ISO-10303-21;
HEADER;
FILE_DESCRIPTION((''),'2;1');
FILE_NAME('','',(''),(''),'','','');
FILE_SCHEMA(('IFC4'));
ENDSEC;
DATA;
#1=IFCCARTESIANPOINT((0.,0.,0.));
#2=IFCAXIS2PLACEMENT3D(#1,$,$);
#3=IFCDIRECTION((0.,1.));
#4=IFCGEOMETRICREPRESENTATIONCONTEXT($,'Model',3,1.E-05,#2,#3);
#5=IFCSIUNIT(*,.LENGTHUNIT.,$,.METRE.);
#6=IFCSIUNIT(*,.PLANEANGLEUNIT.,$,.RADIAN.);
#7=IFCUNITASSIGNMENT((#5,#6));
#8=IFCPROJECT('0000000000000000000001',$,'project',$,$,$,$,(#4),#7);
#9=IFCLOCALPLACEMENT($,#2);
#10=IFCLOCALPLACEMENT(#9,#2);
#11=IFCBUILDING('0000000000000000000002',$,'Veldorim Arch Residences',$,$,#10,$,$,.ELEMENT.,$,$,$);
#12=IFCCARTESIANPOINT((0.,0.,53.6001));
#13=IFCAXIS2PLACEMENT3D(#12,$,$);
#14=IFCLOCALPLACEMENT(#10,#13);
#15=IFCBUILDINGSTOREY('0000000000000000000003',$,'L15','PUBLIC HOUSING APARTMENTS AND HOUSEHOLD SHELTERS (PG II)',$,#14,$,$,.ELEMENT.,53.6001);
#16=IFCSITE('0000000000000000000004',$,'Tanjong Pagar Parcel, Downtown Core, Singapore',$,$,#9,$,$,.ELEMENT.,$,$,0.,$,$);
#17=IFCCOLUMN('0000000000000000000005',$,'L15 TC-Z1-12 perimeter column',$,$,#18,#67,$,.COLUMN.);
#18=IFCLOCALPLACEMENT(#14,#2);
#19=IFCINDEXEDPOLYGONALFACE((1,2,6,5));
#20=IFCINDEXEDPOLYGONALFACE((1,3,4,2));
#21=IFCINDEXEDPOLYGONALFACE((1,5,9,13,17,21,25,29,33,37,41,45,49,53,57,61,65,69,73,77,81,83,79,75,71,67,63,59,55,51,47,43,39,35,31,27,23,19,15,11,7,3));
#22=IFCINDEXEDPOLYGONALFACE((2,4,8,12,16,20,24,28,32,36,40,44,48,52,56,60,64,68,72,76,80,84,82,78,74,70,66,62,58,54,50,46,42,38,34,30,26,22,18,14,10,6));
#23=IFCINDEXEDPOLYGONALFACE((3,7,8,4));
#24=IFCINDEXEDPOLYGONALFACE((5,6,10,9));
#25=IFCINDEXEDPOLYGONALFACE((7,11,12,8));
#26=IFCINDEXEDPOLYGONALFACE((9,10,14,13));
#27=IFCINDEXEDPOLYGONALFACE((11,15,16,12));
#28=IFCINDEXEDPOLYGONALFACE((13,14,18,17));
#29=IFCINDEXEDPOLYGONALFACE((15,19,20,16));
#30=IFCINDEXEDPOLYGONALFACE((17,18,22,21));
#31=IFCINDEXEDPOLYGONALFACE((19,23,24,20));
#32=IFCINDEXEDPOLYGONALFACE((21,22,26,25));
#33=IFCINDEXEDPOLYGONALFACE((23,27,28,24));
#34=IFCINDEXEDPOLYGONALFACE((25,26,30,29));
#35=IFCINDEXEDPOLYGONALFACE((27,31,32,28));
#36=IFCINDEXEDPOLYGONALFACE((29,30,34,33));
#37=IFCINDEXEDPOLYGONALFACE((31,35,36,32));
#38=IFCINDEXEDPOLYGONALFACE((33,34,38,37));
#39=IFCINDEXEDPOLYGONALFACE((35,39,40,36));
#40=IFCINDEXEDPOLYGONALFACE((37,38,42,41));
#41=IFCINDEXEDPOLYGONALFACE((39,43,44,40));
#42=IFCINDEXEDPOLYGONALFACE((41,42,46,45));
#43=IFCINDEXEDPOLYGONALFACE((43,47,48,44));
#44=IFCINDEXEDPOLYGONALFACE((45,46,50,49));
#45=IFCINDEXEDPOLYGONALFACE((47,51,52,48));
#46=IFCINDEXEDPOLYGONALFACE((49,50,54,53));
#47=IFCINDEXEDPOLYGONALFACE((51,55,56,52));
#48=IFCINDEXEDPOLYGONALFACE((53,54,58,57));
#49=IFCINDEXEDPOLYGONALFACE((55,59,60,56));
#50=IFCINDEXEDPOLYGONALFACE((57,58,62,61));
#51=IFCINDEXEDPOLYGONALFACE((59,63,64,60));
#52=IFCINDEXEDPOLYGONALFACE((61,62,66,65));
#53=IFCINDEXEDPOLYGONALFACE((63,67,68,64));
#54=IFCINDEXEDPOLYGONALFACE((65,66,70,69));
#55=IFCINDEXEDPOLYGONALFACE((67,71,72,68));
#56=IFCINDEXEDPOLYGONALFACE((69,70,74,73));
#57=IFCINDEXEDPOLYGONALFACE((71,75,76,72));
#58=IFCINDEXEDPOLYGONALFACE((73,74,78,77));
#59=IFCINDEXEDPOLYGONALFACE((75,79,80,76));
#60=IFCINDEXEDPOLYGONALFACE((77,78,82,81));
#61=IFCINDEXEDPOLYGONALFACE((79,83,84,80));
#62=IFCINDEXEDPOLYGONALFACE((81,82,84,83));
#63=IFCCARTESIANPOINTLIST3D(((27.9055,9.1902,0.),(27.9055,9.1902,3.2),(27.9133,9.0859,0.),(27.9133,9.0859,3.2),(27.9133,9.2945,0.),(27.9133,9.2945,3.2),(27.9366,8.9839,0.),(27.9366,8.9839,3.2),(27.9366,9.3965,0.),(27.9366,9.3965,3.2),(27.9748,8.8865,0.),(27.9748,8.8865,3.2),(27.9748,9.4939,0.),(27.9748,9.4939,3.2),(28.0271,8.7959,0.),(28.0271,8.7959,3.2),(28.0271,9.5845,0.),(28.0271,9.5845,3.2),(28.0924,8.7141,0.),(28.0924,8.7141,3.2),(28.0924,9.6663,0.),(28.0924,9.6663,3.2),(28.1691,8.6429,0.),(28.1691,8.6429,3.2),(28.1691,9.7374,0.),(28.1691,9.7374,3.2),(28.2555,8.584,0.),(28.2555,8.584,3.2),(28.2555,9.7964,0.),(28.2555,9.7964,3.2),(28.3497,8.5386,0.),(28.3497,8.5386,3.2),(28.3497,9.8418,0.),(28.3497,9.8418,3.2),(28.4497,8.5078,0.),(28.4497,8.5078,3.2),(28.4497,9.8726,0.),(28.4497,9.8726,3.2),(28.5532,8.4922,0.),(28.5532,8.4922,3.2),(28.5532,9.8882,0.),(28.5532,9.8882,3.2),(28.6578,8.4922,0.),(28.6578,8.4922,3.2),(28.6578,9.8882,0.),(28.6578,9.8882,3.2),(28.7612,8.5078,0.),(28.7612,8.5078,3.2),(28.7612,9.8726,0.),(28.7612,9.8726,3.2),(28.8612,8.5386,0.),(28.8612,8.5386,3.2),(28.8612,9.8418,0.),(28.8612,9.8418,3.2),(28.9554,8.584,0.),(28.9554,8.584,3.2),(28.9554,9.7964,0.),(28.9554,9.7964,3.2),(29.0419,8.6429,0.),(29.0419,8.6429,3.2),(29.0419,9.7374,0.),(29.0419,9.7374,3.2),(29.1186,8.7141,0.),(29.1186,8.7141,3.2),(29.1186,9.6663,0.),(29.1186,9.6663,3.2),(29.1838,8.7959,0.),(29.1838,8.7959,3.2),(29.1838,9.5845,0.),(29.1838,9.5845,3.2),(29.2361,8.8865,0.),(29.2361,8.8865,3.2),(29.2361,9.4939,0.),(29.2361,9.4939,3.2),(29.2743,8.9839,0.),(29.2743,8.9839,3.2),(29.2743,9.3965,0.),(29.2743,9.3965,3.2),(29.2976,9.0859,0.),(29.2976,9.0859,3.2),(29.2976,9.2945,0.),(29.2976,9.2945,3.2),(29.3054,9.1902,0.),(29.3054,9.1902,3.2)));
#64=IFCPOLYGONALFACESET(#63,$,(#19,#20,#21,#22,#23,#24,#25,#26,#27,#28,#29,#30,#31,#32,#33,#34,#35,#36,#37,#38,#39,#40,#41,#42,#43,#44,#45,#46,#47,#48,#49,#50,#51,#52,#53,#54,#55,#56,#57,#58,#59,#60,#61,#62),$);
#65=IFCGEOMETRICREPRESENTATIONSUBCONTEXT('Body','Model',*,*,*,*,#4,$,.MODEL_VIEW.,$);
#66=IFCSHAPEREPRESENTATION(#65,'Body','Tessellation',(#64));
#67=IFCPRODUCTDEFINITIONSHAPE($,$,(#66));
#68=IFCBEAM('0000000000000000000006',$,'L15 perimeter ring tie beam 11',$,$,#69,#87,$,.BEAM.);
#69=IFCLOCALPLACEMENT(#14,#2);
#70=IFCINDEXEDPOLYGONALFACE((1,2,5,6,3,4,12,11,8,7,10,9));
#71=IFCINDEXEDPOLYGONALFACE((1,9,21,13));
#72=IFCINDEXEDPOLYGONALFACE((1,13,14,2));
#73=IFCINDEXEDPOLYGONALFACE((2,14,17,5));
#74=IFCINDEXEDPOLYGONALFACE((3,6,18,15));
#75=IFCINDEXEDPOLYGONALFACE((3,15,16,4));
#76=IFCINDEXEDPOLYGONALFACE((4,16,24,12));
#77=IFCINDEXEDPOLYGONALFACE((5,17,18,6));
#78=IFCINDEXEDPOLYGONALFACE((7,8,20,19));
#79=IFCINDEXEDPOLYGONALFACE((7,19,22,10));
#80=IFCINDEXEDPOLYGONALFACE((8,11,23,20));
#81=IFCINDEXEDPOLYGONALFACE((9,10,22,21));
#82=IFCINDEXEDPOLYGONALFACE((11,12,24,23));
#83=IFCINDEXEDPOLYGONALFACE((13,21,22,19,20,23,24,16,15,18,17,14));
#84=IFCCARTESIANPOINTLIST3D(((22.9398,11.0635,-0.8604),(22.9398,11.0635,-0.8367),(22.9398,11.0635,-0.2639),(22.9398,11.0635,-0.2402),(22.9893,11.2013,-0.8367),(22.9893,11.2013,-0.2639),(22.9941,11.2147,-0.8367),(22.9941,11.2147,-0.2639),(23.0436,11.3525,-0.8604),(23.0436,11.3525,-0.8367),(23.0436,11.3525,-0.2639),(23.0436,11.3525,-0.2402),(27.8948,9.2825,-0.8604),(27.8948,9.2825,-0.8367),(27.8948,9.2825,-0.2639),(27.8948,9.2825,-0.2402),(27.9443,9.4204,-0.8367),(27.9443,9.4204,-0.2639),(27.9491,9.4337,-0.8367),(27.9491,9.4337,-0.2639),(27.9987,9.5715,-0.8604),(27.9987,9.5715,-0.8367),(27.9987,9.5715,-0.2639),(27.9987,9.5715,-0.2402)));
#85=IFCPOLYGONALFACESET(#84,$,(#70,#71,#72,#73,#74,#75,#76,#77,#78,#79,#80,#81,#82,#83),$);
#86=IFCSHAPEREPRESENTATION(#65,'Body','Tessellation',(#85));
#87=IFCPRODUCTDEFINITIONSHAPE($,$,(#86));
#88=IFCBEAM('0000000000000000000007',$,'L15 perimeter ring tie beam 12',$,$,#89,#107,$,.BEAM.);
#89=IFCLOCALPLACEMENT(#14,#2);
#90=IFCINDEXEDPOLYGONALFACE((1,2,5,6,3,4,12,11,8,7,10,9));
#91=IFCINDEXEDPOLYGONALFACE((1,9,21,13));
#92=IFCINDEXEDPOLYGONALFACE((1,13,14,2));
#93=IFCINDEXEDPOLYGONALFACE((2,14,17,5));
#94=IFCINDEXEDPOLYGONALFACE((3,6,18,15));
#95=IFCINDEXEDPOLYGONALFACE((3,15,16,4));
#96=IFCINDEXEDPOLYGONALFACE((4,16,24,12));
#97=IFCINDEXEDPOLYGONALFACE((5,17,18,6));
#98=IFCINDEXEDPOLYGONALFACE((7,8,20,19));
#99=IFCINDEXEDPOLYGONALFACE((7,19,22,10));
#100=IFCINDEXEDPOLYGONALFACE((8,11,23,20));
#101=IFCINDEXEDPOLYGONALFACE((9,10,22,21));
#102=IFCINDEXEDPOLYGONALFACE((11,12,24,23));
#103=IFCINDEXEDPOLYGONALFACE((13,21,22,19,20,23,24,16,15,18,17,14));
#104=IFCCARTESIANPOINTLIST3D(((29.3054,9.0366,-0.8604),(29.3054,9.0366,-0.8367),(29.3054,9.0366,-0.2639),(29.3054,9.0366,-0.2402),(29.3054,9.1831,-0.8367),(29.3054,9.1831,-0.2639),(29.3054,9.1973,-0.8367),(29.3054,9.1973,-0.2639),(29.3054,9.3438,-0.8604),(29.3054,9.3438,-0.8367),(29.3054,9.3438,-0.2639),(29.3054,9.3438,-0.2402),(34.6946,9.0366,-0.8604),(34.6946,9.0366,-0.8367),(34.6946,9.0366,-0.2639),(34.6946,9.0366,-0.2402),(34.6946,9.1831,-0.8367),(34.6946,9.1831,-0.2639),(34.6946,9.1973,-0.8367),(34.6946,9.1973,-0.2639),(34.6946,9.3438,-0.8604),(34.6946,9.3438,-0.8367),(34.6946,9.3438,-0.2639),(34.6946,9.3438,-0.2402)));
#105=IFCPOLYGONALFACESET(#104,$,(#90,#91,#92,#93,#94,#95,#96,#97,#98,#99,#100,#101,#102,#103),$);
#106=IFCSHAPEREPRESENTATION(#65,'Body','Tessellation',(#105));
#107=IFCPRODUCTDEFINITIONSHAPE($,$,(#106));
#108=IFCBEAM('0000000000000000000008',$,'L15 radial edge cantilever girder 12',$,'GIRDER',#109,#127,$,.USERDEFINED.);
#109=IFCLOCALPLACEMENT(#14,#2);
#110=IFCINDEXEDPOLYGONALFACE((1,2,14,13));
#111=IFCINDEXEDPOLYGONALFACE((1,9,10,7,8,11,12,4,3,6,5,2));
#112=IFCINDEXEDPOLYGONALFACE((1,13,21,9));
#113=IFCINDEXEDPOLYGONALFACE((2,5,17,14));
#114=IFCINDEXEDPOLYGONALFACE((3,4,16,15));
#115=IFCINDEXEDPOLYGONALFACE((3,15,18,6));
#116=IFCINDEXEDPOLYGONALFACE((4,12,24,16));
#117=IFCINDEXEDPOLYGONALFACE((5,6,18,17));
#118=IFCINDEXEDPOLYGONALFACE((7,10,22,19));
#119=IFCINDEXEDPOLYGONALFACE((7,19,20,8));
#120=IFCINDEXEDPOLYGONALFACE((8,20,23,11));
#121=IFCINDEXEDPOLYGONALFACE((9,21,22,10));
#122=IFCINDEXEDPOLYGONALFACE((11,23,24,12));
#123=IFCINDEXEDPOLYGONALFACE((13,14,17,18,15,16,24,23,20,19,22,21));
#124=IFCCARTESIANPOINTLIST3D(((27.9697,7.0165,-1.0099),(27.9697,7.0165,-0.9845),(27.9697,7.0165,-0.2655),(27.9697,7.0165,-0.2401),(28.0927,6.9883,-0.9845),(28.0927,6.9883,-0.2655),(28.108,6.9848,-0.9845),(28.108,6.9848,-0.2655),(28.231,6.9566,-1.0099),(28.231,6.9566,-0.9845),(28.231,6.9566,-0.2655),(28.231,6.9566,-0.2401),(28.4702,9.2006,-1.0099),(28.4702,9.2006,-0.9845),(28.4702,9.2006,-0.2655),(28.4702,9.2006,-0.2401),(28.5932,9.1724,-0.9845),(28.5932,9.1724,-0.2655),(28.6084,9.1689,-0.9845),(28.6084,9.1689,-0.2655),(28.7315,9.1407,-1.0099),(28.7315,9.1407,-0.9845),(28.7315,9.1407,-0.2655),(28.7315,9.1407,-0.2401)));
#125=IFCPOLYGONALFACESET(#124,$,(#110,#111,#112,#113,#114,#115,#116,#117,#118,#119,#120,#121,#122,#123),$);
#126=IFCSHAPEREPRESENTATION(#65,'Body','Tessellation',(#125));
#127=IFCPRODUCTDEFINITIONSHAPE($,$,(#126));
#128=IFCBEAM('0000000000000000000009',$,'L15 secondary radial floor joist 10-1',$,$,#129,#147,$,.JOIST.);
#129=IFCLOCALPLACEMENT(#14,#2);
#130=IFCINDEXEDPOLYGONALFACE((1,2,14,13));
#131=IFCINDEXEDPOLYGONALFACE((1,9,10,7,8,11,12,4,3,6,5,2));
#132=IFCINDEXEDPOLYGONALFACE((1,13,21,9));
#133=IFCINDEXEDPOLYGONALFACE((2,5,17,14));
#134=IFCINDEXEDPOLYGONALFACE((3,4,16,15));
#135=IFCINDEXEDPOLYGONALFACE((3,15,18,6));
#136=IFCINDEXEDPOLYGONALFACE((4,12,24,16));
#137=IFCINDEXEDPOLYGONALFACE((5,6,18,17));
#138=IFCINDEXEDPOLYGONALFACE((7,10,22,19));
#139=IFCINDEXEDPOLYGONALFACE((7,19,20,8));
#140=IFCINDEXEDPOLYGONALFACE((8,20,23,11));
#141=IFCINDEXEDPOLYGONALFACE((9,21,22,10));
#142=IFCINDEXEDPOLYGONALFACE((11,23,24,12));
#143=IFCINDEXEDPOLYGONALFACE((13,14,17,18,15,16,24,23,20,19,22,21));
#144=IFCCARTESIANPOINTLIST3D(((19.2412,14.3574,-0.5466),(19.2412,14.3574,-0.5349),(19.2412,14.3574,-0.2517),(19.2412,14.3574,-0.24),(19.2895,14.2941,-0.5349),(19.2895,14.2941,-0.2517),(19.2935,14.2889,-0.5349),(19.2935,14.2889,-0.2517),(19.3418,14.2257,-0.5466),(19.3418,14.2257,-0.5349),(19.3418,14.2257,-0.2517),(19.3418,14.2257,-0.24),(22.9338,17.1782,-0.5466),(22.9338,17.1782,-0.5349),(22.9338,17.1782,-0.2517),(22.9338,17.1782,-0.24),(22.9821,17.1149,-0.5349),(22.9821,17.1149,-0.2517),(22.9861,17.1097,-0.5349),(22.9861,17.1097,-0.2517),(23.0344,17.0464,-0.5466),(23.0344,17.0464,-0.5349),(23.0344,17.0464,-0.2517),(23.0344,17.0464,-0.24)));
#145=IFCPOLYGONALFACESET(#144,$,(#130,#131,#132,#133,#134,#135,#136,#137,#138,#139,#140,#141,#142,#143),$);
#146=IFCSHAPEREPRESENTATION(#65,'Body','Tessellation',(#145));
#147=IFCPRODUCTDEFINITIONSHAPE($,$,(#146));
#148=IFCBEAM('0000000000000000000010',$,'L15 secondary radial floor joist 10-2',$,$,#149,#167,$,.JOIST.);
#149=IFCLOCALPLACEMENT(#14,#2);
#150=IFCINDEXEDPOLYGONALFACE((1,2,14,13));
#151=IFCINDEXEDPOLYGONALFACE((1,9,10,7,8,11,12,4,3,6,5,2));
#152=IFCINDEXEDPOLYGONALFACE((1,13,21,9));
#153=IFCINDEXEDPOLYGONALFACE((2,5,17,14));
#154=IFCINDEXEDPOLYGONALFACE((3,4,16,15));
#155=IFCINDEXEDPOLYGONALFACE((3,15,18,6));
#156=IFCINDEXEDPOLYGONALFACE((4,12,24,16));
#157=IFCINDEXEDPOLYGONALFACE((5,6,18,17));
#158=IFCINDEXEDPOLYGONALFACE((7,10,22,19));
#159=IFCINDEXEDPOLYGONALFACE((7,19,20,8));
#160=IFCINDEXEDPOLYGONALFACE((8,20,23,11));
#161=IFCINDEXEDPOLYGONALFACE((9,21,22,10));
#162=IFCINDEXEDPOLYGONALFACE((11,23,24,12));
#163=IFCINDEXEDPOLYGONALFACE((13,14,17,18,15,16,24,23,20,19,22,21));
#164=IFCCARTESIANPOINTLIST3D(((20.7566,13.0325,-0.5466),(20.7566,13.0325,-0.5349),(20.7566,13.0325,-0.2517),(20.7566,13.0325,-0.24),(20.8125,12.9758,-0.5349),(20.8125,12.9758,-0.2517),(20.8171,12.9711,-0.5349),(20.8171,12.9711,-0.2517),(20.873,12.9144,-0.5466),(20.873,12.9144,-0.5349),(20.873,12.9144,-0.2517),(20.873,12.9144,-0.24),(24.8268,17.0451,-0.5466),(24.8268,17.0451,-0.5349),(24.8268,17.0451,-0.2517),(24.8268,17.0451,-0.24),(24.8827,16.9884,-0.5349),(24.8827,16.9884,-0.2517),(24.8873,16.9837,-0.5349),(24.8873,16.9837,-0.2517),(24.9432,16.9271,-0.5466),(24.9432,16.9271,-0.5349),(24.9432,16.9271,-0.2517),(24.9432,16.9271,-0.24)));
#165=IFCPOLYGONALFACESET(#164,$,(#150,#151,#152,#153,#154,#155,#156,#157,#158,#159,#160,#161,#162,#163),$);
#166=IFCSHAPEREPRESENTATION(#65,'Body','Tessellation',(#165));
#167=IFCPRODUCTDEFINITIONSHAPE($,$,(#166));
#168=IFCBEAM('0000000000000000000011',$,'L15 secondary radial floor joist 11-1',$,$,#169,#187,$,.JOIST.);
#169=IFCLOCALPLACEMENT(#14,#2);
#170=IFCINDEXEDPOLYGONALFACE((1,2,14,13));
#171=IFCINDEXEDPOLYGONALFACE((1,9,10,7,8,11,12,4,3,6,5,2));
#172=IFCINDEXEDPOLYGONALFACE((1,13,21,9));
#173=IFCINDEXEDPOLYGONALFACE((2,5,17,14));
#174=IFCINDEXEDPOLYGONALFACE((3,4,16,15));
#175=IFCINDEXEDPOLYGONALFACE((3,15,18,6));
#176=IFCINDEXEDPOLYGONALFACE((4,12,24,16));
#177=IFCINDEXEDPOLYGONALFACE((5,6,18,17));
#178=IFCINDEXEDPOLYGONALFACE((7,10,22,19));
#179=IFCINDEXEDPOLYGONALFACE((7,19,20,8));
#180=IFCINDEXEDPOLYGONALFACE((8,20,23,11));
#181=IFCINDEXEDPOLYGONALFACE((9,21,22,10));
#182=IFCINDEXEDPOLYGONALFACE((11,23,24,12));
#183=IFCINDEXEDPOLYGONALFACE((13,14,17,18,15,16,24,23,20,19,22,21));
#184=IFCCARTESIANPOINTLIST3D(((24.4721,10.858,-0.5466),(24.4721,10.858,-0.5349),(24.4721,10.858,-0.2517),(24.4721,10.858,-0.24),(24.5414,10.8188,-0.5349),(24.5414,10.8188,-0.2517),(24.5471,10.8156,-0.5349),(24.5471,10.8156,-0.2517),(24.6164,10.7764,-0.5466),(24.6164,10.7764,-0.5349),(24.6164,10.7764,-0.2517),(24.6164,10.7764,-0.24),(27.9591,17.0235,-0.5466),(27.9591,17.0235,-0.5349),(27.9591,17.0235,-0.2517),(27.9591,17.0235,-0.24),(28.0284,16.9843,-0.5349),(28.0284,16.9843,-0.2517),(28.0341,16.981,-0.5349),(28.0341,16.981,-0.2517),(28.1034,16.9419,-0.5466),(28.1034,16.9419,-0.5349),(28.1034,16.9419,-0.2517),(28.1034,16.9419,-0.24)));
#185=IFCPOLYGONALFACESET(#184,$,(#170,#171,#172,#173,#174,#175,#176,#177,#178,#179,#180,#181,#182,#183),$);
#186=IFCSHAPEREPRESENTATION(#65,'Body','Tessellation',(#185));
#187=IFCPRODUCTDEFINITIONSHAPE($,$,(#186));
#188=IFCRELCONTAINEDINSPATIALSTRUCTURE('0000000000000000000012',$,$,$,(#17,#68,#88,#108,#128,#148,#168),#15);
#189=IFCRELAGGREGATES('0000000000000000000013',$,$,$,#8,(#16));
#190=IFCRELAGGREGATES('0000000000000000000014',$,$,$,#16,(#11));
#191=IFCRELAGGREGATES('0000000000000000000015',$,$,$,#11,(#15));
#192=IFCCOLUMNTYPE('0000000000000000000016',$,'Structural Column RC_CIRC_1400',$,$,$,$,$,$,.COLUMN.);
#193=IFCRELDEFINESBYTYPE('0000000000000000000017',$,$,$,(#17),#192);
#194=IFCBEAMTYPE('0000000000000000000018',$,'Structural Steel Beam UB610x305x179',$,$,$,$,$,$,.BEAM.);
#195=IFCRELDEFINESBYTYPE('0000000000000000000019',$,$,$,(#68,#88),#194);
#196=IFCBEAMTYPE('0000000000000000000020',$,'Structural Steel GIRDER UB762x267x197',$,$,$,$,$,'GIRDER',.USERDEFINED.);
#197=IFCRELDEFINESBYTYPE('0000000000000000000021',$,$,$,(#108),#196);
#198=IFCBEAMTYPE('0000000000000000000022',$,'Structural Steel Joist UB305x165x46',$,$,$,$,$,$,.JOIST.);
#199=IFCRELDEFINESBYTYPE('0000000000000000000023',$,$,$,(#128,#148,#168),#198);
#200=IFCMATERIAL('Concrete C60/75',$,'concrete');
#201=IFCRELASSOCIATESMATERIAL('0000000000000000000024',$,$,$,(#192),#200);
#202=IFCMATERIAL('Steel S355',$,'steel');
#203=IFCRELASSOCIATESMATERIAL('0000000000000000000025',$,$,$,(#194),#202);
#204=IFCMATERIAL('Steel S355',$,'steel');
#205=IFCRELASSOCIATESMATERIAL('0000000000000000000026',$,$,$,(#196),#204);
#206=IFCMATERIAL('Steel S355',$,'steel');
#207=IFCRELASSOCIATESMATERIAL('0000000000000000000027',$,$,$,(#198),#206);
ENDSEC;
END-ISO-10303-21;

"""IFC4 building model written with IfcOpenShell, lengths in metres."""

from ifc_helpers import new_model, si_unit, direction, frame, origin, origin_2d, place, context, subcontext, project, spatial, circle, i_section, extrude, material, material_profile, profile_set, type_object, element, save


model = new_model("IFC4")

# Units and contexts
model_context = context("Model", 3, precision=1e-05, world=origin(), true_north=direction((0.0, 1.0)))
body_context = subcontext(model_context, "Body", "Model", "MODEL_VIEW")
ifc_project = project(units=[si_unit("LENGTHUNIT", "METRE"), si_unit("PLANEANGLEUNIT", "RADIAN")], contexts=[model_context])

# Site, building, storey
site_placement = place(None, origin())
site = spatial("IfcSite", under=ifc_project, at=site_placement, Name="Tanjong Pagar Parcel, Downtown Core, Singapore", CompositionType="ELEMENT", RefElevation=0.0)
building_placement = place(site_placement, origin())
building = spatial("IfcBuilding", under=site, at=building_placement, Name="Veldorim Arch Residences", CompositionType="ELEMENT")
storey_placement = place(building_placement, frame((0.0, 0.0, 53.6001)))
storey = spatial("IfcBuildingStorey", under=building, at=storey_placement, Name="L15", Description="PUBLIC HOUSING APARTMENTS AND HOUSEHOLD SHELTERS (PG II)", CompositionType="ELEMENT", Elevation=53.6001)

# Column
ifc_material_1 = material(Name="Concrete C60/75", Category="concrete")
ifc_material_profile_1 = material_profile(ifc_material_1, circle(Radius=0.7, at=origin_2d()), Name="RC_CIRC_1400")
ifc_profile_set_1 = profile_set([ifc_material_profile_1], Name="Concrete C60/75")
column_type = type_object("IfcColumnType", Name="Structural Column RC_CIRC_1400", PredefinedType="COLUMN", material=ifc_profile_set_1)
column_placement = place(storey_placement, frame((28.6055, 9.1902, 0.0), z_axis=(0.0, 0.0, 1.0), x_axis=(1.0, 0.0, 0.0)))
element("IfcColumn", 1, at=column_placement, inside=storey, type_object=column_type, Name="L15 TC-Z1-12 perimeter column", PredefinedType="COLUMN", context=body_context, shape_type="SweptSolid", body=[
    extrude(circle(Radius=0.7, at=origin_2d()), origin(), (0.0, 0.0, 1.0), 3.2),
])

# Beams
ifc_material_2 = material(Name="Steel S355", Category="steel")
ifc_material_profile_2 = material_profile(ifc_material_2, i_section(OverallWidth=0.3071, OverallDepth=0.6201, WebThickness=0.0142, FlangeThickness=0.0237, at=origin_2d()), Name="UB610x305x179")
ifc_profile_set_2 = profile_set([ifc_material_profile_2], Name="Steel S355")
beam_type_1 = type_object("IfcBeamType", Name="Structural Steel Beam UB610x305x179", PredefinedType="BEAM", material=ifc_profile_set_2)
beam_1_placement = place(storey_placement, frame((22.9917, 11.208, -0.5503), z_axis=(0.941058, -0.338245, 0.0), x_axis=(0.338245, 0.941058, 0.0)))
element("IfcBeam", 2, at=beam_1_placement, inside=storey, type_object=beam_type_1, Name="L15 perimeter ring tie beam 11", PredefinedType="BEAM", context=body_context, shape_type="SweptSolid", body=[
    extrude(i_section(OverallWidth=0.3071, OverallDepth=0.6201, WebThickness=0.0142, FlangeThickness=0.0237, at=origin_2d()), origin(), (0.0, 0.0, 1.0), 5.2654),
])
beam_2_placement = place(storey_placement, frame((29.3054, 9.1902, -0.5503), z_axis=(1.0, 0.0, 0.0), x_axis=(0.0, 1.0, 0.0)))
element("IfcBeam", 3, at=beam_2_placement, inside=storey, type_object=beam_type_1, Name="L15 perimeter ring tie beam 12", PredefinedType="BEAM", context=body_context, shape_type="SweptSolid", body=[
    extrude(i_section(OverallWidth=0.3071, OverallDepth=0.6201, WebThickness=0.0142, FlangeThickness=0.0237, at=origin_2d()), origin(), (0.0, 0.0, 1.0), 5.3892),
])
ifc_material_3 = material(Name="Steel S355", Category="steel")
ifc_material_profile_3 = material_profile(ifc_material_3, i_section(OverallWidth=0.2681, OverallDepth=0.7698, WebThickness=0.0156, FlangeThickness=0.0254, at=origin_2d()), Name="UB762x267x197")
ifc_profile_set_3 = profile_set([ifc_material_profile_3], Name="Steel S355")
beam_type_2 = type_object("IfcBeamType", Name="Structural Steel GIRDER UB762x267x197", ElementType="GIRDER", PredefinedType="USERDEFINED", material=ifc_profile_set_3)
beam_3_placement = place(storey_placement, frame((28.6008, 9.1707, -0.625), z_axis=(-0.223363, -0.974735, 0.0), x_axis=(0.974735, -0.223363, 0.0)))
element("IfcBeam", 4, at=beam_3_placement, inside=storey, type_object=beam_type_2, Name="L15 radial edge cantilever girder 12", ObjectType="GIRDER", PredefinedType="USERDEFINED", context=body_context, shape_type="SweptSolid", body=[
    extrude(i_section(OverallWidth=0.2681, OverallDepth=0.7698, WebThickness=0.0156, FlangeThickness=0.0254, at=origin_2d()), origin(), (0.0, 0.0, 1.0), 2.2407),
])
ifc_material_4 = material(Name="Steel S355", Category="steel")
ifc_material_profile_4 = material_profile(ifc_material_4, i_section(OverallWidth=0.1658, OverallDepth=0.3066, WebThickness=0.0066, FlangeThickness=0.0117, at=origin_2d()), Name="UB305x165x46")
ifc_profile_set_4 = profile_set([ifc_material_profile_4], Name="Steel S355")
beam_type_3 = type_object("IfcBeamType", Name="Structural Steel Joist UB305x165x46", PredefinedType="JOIST", material=ifc_profile_set_4)
beam_4_placement = place(storey_placement, frame((22.9841, 17.1123, -0.3933), z_axis=(-0.794666, -0.607046, 0.0), x_axis=(0.607046, -0.794666, 0.0)))
element("IfcBeam", 5, at=beam_4_placement, inside=storey, type_object=beam_type_3, Name="L15 secondary radial floor joist 10-1", PredefinedType="JOIST", context=body_context, shape_type="SweptSolid", body=[
    extrude(i_section(OverallWidth=0.1658, OverallDepth=0.3066, WebThickness=0.0066, FlangeThickness=0.0117, at=origin_2d()), origin(), (0.0, 0.0, 1.0), 4.6467),
])
beam_5_placement = place(storey_placement, frame((24.885, 16.9861, -0.3933), z_axis=(-0.712129, -0.702049, 0.0), x_axis=(0.702049, -0.712129, 0.0)))
element("IfcBeam", 6, at=beam_5_placement, inside=storey, type_object=beam_type_3, Name="L15 secondary radial floor joist 10-2", PredefinedType="JOIST", context=body_context, shape_type="SweptSolid", body=[
    extrude(i_section(OverallWidth=0.1658, OverallDepth=0.3066, WebThickness=0.0066, FlangeThickness=0.0117, at=origin_2d()), origin(), (0.0, 0.0, 1.0), 5.7156),
])
beam_6_placement = place(storey_placement, frame((28.0312, 16.9827, -0.3933), z_axis=(-0.492292, -0.87043, 0.0), x_axis=(0.87043, -0.492292, 0.0)))
element("IfcBeam", 7, at=beam_6_placement, inside=storey, type_object=beam_type_3, Name="L15 secondary radial floor joist 11-1", PredefinedType="JOIST", context=body_context, shape_type="SweptSolid", body=[
    extrude(i_section(OverallWidth=0.1658, OverallDepth=0.3066, WebThickness=0.0066, FlangeThickness=0.0117, at=origin_2d()), origin(), (0.0, 0.0, 1.0), 7.0833),
])

save(model, "model.ifc")
